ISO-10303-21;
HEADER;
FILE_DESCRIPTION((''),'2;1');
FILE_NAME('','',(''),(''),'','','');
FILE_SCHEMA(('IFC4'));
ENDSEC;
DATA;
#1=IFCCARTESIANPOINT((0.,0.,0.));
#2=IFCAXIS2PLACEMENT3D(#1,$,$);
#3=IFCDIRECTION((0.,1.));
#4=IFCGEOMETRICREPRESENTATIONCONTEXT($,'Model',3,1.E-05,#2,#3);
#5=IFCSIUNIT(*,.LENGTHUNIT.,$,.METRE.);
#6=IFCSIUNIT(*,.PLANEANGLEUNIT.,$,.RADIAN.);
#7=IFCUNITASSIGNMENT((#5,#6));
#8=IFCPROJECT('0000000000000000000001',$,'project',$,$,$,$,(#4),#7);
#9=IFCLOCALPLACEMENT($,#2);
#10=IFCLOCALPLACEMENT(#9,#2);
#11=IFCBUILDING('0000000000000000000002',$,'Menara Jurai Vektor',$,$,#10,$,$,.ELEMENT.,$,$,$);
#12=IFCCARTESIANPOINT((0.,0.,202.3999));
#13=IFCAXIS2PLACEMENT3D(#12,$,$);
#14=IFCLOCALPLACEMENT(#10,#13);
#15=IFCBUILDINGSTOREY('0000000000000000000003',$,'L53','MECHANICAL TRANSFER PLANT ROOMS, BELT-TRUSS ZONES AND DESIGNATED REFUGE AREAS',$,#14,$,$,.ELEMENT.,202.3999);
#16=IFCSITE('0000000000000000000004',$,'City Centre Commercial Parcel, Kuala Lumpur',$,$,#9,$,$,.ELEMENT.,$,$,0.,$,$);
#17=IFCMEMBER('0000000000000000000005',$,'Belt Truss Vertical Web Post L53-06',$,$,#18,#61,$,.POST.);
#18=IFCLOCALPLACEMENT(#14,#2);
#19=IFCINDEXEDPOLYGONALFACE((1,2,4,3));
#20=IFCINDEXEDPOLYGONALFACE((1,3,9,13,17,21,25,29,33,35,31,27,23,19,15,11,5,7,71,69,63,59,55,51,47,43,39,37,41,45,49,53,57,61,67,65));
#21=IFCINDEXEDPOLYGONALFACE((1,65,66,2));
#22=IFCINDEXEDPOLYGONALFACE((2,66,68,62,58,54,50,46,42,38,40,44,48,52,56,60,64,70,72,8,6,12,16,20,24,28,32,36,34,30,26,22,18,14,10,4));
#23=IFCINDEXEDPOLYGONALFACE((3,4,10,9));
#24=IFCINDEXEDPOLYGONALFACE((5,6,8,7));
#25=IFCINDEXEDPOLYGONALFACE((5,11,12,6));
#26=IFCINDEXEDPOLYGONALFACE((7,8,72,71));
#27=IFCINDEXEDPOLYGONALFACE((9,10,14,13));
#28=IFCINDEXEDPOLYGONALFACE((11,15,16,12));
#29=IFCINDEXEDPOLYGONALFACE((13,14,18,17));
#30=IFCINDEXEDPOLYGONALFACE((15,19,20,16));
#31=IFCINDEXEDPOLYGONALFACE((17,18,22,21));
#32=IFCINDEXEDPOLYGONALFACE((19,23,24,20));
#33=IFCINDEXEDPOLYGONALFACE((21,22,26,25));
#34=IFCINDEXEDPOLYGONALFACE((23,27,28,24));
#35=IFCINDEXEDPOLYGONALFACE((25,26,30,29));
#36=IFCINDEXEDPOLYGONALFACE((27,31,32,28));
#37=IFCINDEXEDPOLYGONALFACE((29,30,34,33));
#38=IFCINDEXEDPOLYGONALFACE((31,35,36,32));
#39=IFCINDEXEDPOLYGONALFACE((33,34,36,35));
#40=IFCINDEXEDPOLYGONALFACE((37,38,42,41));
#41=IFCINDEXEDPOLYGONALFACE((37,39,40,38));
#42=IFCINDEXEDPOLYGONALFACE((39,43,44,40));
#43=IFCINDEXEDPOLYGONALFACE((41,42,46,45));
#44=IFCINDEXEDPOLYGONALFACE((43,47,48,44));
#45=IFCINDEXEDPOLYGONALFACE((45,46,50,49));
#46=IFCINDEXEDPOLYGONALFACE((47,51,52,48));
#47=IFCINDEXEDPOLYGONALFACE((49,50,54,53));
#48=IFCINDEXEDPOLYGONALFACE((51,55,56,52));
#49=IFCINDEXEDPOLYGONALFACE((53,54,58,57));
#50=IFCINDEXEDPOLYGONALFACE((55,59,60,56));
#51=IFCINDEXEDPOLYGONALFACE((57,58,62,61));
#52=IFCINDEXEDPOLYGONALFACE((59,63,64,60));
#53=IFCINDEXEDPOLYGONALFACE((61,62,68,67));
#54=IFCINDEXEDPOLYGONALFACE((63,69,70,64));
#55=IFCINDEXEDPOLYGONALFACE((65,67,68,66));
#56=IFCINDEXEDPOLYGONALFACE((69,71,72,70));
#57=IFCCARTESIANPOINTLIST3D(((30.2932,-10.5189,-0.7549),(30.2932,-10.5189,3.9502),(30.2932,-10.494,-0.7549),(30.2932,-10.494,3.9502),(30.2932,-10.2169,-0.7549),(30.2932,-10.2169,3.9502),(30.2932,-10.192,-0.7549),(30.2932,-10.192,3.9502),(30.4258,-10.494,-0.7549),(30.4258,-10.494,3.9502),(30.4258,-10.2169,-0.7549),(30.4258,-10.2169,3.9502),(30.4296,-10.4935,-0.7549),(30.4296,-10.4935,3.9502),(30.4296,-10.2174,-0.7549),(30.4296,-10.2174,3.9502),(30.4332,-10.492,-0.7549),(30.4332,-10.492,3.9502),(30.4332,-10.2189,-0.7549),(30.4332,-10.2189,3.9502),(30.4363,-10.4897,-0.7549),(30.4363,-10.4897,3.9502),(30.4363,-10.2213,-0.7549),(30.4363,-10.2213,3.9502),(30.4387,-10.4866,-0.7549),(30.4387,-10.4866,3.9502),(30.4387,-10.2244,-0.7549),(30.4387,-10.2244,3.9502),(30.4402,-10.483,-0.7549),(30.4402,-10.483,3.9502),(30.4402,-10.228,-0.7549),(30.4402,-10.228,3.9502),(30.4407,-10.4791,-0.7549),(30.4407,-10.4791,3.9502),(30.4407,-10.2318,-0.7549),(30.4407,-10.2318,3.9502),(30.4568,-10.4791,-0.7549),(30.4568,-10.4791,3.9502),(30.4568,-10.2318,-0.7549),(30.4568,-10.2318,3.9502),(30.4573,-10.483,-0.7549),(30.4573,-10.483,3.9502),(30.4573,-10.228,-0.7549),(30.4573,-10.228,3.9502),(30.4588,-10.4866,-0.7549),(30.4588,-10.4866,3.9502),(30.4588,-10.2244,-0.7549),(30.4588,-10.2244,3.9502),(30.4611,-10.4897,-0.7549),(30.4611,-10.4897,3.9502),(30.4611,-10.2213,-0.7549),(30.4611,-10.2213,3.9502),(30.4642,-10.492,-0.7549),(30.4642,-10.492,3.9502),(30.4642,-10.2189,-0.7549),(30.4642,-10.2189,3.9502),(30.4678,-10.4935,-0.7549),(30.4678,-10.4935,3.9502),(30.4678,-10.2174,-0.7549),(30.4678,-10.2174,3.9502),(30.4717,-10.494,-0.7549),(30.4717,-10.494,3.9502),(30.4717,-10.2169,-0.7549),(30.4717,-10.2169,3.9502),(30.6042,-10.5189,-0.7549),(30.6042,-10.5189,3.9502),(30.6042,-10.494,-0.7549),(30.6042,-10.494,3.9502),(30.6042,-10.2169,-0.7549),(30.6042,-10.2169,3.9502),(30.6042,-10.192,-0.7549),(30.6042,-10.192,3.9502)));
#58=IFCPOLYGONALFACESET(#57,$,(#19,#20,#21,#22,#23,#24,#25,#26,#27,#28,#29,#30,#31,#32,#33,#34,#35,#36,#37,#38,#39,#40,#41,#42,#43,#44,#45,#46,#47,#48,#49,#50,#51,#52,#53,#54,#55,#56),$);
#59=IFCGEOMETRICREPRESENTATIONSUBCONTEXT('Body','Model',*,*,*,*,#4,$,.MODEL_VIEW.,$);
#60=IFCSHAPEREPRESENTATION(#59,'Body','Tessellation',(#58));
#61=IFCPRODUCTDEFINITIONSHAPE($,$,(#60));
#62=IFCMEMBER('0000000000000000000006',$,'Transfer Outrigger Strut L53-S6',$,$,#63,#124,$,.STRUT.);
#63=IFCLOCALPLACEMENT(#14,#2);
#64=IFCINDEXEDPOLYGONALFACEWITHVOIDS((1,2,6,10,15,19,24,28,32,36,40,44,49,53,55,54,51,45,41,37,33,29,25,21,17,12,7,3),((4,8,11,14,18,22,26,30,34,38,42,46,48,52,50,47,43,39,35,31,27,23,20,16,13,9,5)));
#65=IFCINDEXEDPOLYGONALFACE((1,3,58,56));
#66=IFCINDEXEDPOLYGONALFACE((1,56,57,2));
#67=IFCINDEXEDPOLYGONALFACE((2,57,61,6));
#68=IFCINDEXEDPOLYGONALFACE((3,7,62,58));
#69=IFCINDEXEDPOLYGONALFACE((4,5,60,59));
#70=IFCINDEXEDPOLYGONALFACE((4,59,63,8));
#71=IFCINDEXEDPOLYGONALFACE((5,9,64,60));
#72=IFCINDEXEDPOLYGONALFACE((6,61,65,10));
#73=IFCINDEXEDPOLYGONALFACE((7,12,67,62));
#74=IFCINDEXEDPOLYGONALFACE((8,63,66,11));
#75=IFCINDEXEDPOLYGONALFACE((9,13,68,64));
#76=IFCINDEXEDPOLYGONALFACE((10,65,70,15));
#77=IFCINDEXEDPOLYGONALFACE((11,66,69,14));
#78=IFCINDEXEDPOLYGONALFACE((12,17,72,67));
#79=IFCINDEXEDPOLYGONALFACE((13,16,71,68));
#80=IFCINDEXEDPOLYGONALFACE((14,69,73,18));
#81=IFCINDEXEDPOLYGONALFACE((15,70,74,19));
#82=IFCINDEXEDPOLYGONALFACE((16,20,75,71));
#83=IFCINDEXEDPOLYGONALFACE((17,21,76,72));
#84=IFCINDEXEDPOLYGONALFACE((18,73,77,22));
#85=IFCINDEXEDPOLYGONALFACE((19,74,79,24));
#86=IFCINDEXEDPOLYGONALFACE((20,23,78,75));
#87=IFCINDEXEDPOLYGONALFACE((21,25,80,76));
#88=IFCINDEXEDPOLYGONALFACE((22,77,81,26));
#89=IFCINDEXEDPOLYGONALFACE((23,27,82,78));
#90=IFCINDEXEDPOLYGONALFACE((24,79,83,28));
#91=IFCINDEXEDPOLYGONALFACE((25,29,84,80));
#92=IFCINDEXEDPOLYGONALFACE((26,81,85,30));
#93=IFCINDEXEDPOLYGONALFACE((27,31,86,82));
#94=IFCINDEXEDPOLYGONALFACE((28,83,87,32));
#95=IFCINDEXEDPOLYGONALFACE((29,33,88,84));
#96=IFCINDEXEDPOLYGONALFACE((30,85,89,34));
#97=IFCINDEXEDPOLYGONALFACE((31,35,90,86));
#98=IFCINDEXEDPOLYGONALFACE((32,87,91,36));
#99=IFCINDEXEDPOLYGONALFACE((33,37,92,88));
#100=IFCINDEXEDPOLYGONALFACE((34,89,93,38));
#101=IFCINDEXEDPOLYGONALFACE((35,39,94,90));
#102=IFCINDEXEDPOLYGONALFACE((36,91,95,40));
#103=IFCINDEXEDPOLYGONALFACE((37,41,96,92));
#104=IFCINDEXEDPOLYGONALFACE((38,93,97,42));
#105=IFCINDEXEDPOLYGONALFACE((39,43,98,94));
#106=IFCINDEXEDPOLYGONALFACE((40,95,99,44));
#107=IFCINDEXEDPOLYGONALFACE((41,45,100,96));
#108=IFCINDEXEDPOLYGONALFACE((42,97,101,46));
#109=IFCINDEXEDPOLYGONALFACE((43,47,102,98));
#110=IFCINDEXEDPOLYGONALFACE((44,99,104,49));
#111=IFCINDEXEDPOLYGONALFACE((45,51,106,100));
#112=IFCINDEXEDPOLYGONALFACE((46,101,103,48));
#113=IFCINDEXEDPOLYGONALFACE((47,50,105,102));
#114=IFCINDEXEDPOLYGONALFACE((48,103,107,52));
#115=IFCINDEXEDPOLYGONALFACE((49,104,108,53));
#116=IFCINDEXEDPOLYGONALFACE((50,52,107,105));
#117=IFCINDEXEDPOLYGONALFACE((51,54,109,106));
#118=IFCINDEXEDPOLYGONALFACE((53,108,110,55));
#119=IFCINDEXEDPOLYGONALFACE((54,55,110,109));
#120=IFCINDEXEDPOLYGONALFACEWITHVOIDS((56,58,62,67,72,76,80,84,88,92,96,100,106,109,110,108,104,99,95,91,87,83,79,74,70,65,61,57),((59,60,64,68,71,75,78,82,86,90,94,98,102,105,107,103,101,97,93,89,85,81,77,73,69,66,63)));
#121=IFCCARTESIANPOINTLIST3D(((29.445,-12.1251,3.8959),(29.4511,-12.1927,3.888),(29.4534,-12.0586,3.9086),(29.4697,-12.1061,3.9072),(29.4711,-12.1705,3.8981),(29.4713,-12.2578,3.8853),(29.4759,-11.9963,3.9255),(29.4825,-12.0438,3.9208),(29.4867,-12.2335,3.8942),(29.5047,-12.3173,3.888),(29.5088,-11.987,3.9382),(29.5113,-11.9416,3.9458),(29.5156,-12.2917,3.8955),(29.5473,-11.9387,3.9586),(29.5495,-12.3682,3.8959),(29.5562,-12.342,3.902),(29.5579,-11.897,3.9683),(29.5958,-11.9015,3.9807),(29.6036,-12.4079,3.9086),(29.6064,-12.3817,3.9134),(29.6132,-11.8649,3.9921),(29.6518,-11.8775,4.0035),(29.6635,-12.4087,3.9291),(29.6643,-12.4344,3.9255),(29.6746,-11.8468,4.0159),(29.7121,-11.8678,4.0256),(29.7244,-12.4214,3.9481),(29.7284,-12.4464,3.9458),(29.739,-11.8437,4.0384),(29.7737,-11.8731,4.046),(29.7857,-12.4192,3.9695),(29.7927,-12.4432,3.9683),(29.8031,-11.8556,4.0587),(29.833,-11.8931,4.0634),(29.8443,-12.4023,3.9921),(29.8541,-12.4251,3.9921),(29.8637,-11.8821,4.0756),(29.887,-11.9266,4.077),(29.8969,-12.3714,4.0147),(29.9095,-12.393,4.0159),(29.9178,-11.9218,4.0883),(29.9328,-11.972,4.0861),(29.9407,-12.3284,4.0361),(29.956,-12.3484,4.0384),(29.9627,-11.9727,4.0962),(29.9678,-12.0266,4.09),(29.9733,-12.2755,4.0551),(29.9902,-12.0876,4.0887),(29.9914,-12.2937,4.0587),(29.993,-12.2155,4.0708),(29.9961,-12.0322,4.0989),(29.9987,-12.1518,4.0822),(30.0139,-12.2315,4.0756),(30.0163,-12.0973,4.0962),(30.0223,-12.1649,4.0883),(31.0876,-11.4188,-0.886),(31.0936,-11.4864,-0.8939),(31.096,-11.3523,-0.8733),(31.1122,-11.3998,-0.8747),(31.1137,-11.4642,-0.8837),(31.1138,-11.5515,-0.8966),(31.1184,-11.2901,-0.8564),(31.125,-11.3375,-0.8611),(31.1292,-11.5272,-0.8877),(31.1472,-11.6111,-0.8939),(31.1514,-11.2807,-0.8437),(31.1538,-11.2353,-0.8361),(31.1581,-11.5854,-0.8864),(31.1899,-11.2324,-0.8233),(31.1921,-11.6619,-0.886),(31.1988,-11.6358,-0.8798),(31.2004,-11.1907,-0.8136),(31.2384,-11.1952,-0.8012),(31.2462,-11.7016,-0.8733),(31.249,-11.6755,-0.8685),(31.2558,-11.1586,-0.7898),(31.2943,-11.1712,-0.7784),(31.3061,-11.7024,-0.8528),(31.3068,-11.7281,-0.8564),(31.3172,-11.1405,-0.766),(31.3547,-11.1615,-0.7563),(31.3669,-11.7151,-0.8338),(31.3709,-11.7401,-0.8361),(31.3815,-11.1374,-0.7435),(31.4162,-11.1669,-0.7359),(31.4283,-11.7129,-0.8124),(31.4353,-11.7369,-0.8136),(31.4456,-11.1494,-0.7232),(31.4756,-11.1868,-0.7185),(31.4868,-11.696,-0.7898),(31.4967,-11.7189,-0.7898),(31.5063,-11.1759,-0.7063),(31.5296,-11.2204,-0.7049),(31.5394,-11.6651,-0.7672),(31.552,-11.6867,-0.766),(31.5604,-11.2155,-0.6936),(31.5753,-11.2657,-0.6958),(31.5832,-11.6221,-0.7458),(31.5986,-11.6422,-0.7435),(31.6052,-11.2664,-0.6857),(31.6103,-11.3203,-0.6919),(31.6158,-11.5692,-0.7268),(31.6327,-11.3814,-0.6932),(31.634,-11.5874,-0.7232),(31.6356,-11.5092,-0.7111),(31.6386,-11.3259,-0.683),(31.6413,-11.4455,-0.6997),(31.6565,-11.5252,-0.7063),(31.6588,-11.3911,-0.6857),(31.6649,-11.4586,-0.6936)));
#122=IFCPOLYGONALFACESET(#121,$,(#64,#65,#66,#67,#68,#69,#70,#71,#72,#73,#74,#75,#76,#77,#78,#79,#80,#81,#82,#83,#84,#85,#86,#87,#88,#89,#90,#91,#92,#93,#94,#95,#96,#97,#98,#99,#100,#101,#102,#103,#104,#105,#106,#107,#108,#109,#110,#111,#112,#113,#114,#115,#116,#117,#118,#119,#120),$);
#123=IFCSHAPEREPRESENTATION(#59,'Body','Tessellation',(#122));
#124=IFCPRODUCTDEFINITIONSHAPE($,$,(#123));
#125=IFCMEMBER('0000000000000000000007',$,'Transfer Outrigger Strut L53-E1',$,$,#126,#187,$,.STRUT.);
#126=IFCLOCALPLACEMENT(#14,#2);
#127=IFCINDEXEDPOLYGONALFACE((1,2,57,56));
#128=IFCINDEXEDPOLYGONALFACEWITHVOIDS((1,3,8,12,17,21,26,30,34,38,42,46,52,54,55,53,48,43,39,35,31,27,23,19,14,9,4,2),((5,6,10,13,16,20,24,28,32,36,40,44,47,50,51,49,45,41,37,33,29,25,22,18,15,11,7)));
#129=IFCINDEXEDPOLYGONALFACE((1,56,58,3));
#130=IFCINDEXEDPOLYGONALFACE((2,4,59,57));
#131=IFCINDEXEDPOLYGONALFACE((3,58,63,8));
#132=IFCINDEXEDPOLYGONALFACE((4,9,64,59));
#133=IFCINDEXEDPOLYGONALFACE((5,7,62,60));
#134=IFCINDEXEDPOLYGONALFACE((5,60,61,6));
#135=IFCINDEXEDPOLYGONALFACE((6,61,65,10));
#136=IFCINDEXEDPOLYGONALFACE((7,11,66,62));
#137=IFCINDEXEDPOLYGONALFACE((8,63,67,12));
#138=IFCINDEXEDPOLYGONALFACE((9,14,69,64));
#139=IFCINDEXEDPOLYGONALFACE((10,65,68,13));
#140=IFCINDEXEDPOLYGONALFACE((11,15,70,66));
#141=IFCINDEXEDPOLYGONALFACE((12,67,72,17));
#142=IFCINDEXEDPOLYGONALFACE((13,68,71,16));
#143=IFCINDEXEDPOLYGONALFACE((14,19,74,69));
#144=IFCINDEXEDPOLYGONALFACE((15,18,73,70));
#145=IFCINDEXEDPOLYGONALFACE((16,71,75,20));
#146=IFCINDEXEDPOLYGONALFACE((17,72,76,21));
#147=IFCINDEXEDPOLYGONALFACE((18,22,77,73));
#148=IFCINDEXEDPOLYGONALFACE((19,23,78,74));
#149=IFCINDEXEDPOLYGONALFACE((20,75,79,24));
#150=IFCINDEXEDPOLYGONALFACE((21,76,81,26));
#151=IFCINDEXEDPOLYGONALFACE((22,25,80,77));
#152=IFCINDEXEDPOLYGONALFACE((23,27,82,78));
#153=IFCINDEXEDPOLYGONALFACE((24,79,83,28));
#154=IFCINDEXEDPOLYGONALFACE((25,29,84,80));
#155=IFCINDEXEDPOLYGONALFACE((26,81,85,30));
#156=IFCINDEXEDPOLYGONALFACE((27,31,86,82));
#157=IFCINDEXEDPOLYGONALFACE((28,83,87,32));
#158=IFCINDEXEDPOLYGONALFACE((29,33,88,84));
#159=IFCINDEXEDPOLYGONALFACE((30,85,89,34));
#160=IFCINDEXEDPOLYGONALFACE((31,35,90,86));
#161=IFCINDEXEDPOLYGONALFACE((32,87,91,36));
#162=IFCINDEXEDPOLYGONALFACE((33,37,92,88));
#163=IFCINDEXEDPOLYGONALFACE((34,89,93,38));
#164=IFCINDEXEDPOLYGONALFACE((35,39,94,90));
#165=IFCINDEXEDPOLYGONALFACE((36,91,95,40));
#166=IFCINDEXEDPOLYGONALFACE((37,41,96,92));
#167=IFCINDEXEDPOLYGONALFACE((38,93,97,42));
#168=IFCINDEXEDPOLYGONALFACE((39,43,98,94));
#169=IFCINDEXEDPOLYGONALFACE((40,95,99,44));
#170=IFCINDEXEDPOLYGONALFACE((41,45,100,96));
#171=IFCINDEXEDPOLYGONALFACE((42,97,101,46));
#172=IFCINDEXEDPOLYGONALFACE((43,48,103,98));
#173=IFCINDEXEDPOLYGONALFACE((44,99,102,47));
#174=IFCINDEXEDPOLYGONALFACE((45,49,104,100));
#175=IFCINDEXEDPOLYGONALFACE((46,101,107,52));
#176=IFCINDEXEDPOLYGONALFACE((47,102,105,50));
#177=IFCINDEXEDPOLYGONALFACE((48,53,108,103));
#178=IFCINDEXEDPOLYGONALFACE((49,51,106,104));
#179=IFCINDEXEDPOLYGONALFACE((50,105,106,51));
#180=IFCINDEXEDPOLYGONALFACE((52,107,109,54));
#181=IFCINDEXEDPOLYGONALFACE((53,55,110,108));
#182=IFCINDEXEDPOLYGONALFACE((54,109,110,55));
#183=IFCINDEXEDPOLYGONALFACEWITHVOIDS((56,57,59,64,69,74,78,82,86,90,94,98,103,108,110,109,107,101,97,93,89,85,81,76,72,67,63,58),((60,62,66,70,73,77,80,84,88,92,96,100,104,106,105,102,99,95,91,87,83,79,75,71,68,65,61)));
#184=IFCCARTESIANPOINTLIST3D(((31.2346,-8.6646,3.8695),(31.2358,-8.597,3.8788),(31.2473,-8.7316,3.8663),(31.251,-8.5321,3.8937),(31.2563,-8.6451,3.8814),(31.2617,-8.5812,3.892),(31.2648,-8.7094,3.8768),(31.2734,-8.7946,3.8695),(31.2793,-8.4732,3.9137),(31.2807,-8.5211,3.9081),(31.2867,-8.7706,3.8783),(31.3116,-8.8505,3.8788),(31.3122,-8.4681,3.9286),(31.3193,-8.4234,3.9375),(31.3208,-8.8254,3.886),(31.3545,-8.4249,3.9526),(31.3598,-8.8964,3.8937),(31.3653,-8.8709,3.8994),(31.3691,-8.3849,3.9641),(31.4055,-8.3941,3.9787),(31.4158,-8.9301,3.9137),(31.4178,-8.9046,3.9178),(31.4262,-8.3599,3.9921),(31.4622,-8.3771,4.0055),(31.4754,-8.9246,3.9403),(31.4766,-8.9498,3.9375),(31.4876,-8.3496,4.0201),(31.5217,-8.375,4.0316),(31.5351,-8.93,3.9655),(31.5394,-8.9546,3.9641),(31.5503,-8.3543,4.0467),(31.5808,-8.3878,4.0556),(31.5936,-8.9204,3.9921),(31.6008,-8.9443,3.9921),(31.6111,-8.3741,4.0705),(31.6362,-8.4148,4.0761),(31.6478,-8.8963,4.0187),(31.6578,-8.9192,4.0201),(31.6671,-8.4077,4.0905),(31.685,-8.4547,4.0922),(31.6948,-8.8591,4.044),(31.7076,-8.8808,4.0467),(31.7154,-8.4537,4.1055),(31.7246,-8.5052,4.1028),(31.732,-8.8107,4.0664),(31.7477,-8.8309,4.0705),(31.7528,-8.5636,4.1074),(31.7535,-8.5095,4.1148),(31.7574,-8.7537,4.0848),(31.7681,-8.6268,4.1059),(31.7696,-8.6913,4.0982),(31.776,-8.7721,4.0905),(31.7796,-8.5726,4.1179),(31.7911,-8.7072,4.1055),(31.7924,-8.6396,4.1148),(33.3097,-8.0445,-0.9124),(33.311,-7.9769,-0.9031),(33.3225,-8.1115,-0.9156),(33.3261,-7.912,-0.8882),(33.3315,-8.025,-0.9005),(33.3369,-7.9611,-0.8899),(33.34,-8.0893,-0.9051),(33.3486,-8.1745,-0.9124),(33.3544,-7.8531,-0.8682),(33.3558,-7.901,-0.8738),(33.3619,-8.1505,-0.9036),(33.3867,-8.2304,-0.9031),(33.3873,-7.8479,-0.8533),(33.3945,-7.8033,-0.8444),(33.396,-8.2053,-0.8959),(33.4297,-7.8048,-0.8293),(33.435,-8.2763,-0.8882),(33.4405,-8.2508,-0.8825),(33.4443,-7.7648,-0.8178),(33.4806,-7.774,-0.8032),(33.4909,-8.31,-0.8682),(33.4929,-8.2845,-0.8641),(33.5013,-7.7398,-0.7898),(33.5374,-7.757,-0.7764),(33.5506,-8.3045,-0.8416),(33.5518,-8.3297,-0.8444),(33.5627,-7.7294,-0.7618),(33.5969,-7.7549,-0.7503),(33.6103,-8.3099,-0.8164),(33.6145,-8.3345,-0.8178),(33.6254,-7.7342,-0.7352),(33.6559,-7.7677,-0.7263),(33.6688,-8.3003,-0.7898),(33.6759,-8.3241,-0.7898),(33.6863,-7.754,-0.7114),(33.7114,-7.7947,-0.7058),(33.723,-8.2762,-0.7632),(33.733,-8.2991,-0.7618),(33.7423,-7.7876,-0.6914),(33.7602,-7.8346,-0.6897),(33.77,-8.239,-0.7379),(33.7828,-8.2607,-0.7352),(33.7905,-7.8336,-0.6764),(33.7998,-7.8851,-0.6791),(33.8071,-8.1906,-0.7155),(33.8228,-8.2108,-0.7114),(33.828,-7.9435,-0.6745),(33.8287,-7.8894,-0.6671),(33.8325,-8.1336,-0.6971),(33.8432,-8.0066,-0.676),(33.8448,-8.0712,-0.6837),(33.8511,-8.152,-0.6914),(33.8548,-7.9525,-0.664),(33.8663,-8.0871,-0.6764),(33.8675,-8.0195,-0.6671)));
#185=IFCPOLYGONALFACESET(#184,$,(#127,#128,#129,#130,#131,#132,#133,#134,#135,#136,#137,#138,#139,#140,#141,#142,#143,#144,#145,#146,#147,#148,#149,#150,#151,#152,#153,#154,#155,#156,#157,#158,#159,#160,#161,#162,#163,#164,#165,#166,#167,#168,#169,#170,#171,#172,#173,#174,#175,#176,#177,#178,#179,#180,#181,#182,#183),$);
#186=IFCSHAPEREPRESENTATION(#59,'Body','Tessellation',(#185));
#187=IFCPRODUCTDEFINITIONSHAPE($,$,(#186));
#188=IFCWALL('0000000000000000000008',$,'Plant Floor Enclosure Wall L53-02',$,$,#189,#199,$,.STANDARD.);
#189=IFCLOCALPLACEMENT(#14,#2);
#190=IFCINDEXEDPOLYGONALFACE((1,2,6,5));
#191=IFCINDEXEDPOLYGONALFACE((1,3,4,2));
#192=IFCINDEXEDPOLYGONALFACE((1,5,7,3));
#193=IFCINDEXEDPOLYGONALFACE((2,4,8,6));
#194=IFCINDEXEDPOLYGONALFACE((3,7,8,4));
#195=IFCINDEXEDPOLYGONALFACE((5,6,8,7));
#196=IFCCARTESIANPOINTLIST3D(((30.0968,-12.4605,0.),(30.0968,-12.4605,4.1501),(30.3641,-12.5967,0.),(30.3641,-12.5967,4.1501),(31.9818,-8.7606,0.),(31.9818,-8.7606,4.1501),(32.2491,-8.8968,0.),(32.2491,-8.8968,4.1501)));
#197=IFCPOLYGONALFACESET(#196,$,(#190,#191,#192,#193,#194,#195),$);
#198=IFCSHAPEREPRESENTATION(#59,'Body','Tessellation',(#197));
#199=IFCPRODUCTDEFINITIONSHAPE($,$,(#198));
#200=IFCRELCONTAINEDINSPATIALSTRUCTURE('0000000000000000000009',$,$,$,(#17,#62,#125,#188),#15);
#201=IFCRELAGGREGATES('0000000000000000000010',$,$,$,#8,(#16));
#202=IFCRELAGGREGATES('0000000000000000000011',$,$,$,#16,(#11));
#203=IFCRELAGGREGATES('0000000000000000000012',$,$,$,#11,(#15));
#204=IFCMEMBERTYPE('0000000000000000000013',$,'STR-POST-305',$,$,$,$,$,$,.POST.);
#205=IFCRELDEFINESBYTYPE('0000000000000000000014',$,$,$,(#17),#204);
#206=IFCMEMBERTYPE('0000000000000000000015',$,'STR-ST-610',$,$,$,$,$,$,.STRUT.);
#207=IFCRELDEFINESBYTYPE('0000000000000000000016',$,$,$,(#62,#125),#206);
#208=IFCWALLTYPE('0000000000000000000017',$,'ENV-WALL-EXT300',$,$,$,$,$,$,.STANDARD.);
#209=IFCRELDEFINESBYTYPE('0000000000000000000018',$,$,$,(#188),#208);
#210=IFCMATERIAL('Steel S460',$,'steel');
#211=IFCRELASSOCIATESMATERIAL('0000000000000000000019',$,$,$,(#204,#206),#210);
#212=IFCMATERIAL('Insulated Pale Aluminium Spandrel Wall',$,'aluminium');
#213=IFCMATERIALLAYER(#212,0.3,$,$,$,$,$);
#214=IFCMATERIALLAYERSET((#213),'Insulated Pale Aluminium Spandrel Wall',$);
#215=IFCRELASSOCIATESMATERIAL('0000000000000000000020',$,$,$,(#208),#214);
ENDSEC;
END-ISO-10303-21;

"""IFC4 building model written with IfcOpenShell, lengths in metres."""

from ifc_helpers import new_model, si_unit, direction, frame, frame_2d, origin, origin_2d, place, context, subcontext, project, spatial, rectangle, hollow_circle, i_section, extrude, material, layer, layer_set, material_profile, profile_set, type_object, element, save


model = new_model("IFC4")

# Units and contexts
model_context = context("Model", 3, precision=1e-05, world=origin(), true_north=direction((0.0, 1.0)))
body_context = subcontext(model_context, "Body", "Model", "MODEL_VIEW")
ifc_project = project(units=[si_unit("LENGTHUNIT", "METRE"), si_unit("PLANEANGLEUNIT", "RADIAN")], contexts=[model_context])

# Site, building, storey
site_placement = place(None, origin())
site = spatial("IfcSite", under=ifc_project, at=site_placement, Name="City Centre Commercial Parcel, Kuala Lumpur", CompositionType="ELEMENT", RefElevation=0.0)
building_placement = place(site_placement, origin())
building = spatial("IfcBuilding", under=site, at=building_placement, Name="Menara Jurai Vektor", CompositionType="ELEMENT")
storey_placement = place(building_placement, frame((0.0, 0.0, 202.3999)))
storey = spatial("IfcBuildingStorey", under=building, at=storey_placement, Name="L53", Description="MECHANICAL TRANSFER PLANT ROOMS, BELT-TRUSS ZONES AND DESIGNATED REFUGE AREAS", CompositionType="ELEMENT", Elevation=202.3999)

# Shared definitions
ifc_material_1 = material(Name="Steel S460", Category="steel")

# Members
ifc_material_profile_1 = material_profile(ifc_material_1, i_section(OverallWidth=0.311, OverallDepth=0.3269, WebThickness=0.0161, FlangeThickness=0.0249, FilletRadius=0.0149, at=origin_2d()), Name="UKC 305x305x158")
ifc_profile_set_1 = profile_set([ifc_material_profile_1], Name="Steel S460")
member_type_1 = type_object("IfcMemberType", Name="STR-POST-305", PredefinedType="POST", material=ifc_profile_set_1)
member_1_placement = place(storey_placement, frame((30.4487, -10.3555, -0.7549), z_axis=(0.0, 0.0, 1.0), x_axis=(1.0, 0.0, 0.0)))
element("IfcMember", 1, at=member_1_placement, inside=storey, type_object=member_type_1, Name="Belt Truss Vertical Web Post L53-06", PredefinedType="POST", context=body_context, shape_type="SweptSolid", body=[
    extrude(i_section(OverallWidth=0.311, OverallDepth=0.3269, WebThickness=0.0161, FlangeThickness=0.0249, FilletRadius=0.0149, at=origin_2d()), origin(), (0.0, 0.0, 1.0), 4.7051),
])
ifc_material_profile_2 = material_profile(ifc_material_1, hollow_circle(Radius=0.3049, WallThickness=0.0249, at=origin_2d()), Name="CHS 610x25")
ifc_profile_set_2 = profile_set([ifc_material_profile_2], Name="Steel S460")
member_type_2 = type_object("IfcMemberType", Name="STR-ST-610", PredefinedType="STRUT", material=ifc_profile_set_2)
member_2_placement = place(storey_placement, frame((31.3762, -11.4387, -0.7898), z_axis=(-0.321739, -0.138346, 0.936667), x_axis=(0.395023, -0.918671, 0.0)))
element("IfcMember", 2, at=member_2_placement, inside=storey, type_object=member_type_2, Name="Transfer Outrigger Strut L53-S6", PredefinedType="STRUT", context=body_context, shape_type="SweptSolid", body=[
    extrude(hollow_circle(Radius=0.3049, WallThickness=0.0249, at=origin_2d()), origin(), (0.0, 0.0, 1.0), 5.1052),
])
member_3_placement = place(storey_placement, frame((33.5886, -8.032, -0.7898), z_axis=(-0.395305, -0.118126, 0.910923), x_axis=(0.286314, -0.958136, 0.0)))
element("IfcMember", 3, at=member_3_placement, inside=storey, type_object=member_type_2, Name="Transfer Outrigger Strut L53-E1", PredefinedType="STRUT", context=body_context, shape_type="SweptSolid", body=[
    extrude(hollow_circle(Radius=0.3049, WallThickness=0.0249, at=origin_2d()), origin(), (0.0, 0.0, 1.0), 5.2495),
])

# Wall
ifc_material_2 = material(Name="Insulated Pale Aluminium Spandrel Wall", Category="aluminium")
ifc_layer_1 = layer(ifc_material_2, 0.3)
ifc_layer_set_1 = layer_set([ifc_layer_1], Name="Insulated Pale Aluminium Spandrel Wall")
wall_type = type_object("IfcWallType", Name="ENV-WALL-EXT300", PredefinedType="STANDARD", material=ifc_layer_set_1)
wall_1_placement = place(storey_placement, frame((30.2305, -12.5286, 0.0), z_axis=(0.0, 0.0, 1.0), x_axis=(0.45395, 0.891027, 0.0)))
element("IfcWall", 4, at=wall_1_placement, inside=storey, type_object=wall_type, Name="Plant Floor Enclosure Wall L53-02", PredefinedType="STANDARD", context=body_context, shape_type="SweptSolid", body=[
    extrude(rectangle(XDim=4.1523, YDim=0.3, at=frame_2d((2.0762, 0.0))), origin(), (0.0, 0.0, 1.0), 4.1501),
])

save(model, "model.ifc")
